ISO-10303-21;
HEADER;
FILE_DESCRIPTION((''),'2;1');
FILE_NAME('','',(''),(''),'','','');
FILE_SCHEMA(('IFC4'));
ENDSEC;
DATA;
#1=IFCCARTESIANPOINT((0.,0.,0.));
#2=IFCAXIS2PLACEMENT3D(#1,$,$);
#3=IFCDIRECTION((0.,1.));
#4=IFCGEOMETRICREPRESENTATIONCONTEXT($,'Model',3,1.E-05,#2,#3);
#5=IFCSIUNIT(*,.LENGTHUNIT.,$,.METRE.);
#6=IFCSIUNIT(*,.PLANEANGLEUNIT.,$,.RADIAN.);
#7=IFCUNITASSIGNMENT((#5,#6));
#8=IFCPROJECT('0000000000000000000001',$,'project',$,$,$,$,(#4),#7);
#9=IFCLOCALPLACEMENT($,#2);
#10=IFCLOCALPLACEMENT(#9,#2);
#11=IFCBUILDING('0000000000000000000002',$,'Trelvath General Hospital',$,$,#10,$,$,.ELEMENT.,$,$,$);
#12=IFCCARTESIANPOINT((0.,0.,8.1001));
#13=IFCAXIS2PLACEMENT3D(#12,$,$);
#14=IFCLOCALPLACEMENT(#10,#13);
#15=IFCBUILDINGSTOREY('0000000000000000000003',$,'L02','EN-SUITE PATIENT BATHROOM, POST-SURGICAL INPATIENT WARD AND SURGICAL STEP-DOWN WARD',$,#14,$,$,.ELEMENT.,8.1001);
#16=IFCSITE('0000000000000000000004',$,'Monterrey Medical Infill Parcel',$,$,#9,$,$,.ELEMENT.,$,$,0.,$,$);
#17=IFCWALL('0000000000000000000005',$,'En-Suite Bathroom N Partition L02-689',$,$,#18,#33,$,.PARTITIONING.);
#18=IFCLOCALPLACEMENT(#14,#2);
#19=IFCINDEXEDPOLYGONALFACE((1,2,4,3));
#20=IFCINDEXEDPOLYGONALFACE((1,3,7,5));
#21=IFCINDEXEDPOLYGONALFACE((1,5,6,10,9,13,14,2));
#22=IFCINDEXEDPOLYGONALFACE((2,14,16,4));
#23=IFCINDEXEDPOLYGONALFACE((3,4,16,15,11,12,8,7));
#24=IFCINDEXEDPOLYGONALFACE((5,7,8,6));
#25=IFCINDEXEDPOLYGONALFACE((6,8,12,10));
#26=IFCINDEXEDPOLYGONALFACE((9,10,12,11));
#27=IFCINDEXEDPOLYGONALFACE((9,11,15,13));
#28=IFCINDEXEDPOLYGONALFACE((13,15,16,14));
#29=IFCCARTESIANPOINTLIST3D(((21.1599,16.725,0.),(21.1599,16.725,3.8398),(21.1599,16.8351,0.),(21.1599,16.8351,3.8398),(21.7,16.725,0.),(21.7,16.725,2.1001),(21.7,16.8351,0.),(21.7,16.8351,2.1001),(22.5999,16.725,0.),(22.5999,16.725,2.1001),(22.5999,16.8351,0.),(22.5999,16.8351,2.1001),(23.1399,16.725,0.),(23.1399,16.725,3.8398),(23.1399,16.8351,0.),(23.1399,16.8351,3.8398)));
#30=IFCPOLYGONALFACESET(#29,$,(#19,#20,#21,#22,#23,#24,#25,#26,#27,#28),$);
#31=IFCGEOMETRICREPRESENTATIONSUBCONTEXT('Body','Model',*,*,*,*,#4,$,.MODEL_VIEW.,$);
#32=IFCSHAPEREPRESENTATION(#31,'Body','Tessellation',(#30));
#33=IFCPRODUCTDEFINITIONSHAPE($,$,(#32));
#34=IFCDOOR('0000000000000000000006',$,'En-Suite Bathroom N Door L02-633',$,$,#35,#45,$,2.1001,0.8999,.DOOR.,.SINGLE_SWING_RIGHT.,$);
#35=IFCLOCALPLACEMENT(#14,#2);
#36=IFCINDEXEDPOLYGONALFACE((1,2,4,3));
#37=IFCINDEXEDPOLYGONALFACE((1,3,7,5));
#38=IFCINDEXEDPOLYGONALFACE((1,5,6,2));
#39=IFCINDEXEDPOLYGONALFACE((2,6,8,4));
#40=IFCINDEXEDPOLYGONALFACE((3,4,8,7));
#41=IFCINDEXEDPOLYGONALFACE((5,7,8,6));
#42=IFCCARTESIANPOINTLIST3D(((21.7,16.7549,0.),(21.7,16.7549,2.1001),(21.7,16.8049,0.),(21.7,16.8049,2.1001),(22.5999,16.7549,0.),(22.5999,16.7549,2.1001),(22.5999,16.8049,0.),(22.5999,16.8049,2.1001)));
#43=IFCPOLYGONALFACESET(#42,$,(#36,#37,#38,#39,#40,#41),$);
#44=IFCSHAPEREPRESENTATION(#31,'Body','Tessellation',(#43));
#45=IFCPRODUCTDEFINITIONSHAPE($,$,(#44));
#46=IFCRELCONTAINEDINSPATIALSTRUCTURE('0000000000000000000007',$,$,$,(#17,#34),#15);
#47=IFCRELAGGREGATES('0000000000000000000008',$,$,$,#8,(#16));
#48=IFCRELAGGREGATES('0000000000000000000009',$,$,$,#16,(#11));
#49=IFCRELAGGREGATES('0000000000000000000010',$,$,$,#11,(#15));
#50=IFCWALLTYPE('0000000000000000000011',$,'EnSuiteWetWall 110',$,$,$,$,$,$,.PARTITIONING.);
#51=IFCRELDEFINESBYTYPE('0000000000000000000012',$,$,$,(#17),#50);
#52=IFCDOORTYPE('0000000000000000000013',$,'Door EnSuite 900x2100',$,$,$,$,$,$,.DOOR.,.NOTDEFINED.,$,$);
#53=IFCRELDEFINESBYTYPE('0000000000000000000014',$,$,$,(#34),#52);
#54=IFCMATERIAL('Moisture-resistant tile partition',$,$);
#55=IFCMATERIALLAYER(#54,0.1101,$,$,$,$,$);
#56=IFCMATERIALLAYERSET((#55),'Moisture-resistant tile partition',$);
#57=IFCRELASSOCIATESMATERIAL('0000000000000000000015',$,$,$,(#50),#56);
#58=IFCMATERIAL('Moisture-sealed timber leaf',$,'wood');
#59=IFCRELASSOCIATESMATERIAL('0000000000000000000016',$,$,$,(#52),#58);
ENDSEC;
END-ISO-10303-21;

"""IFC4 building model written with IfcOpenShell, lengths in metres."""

from ifc_helpers import new_model, si_unit, direction, frame, frame_2d, origin, place, context, subcontext, project, spatial, rectangle, extrude, material, layer, layer_set, type_object, element, fill, save


model = new_model("IFC4")

# Units and contexts
model_context = context("Model", 3, precision=1e-05, world=origin(), true_north=direction((0.0, 1.0)))
body_context = subcontext(model_context, "Body", "Model", "MODEL_VIEW")
ifc_project = project(units=[si_unit("LENGTHUNIT", "METRE"), si_unit("PLANEANGLEUNIT", "RADIAN")], contexts=[model_context])

# Site, building, storey
site_placement = place(None, origin())
site = spatial("IfcSite", under=ifc_project, at=site_placement, Name="Monterrey Medical Infill Parcel", CompositionType="ELEMENT", RefElevation=0.0)
building_placement = place(site_placement, origin())
building = spatial("IfcBuilding", under=site, at=building_placement, Name="Trelvath General Hospital", CompositionType="ELEMENT")
storey_placement = place(building_placement, frame((0.0, 0.0, 8.1001)))
storey = spatial("IfcBuildingStorey", under=building, at=storey_placement, Name="L02", Description="EN-SUITE PATIENT BATHROOM, POST-SURGICAL INPATIENT WARD AND SURGICAL STEP-DOWN WARD", CompositionType="ELEMENT", Elevation=8.1001)

# Wall, opening, door
ifc_material_1 = material(Name="Moisture-resistant tile partition")
ifc_layer_1 = layer(ifc_material_1, 0.1101)
ifc_layer_set_1 = layer_set([ifc_layer_1], Name="Moisture-resistant tile partition")
wall_type_1 = type_object("IfcWallType", Name="EnSuiteWetWall 110", PredefinedType="PARTITIONING", material=ifc_layer_set_1)
ifc_material_2 = material(Name="Moisture-sealed timber leaf", Category="wood")
door_type = type_object("IfcDoorType", Name="Door EnSuite 900x2100", OperationType="NOTDEFINED", PredefinedType="DOOR", material=ifc_material_2)
wall_1_placement = place(storey_placement, frame((21.1599, 16.78, 0.0), z_axis=(0.0, 0.0, 1.0), x_axis=(1.0, 0.0, 0.0)))
wall_1 = element("IfcWall", 1, at=wall_1_placement, inside=storey, type_object=wall_type_1, Name="En-Suite Bathroom N Partition L02-689", PredefinedType="PARTITIONING", context=body_context, shape_type="SweptSolid", body=[
    extrude(rectangle(XDim=1.98, YDim=0.1101, at=frame_2d((0.99, 0.0))), origin(), (0.0, 0.0, 1.0), 3.8398),
])
opening_1_placement = place(wall_1_placement, frame((0.54, 0.0, 0.0)))
opening_1 = element("IfcOpeningElement", 2, at=opening_1_placement, cuts=wall_1, PredefinedType="OPENING", context=body_context, shape_type="SweptSolid", body=[
    extrude(rectangle(XDim=0.8999, YDim=2.1001, at=frame_2d((0.45, 1.05))), frame((0.0, 0.0649, 0.0), z_axis=(0.0, -1.0, 0.0), x_axis=(1.0, 0.0, 0.0)), (0.0, 0.0, 1.0), 0.1301),
])
door_1_placement = place(opening_1_placement, origin())
door_1 = element("IfcDoor", 3, at=door_1_placement, inside=storey, type_object=door_type, Name="En-Suite Bathroom N Door L02-633", OperationType="SINGLE_SWING_RIGHT", OverallHeight=2.1001, OverallWidth=0.8999, PredefinedType="DOOR", context=body_context, shape_type="SweptSolid", body=[
    extrude(rectangle(XDim=0.8999, YDim=2.1001, at=frame_2d((0.45, 1.05))), frame((0.0, 0.0249, 0.0), z_axis=(0.0, -1.0, 0.0), x_axis=(1.0, 0.0, 0.0)), (0.0, 0.0, 1.0), 0.05),
])
fill(opening_1, door_1)

save(model, "model.ifc")
